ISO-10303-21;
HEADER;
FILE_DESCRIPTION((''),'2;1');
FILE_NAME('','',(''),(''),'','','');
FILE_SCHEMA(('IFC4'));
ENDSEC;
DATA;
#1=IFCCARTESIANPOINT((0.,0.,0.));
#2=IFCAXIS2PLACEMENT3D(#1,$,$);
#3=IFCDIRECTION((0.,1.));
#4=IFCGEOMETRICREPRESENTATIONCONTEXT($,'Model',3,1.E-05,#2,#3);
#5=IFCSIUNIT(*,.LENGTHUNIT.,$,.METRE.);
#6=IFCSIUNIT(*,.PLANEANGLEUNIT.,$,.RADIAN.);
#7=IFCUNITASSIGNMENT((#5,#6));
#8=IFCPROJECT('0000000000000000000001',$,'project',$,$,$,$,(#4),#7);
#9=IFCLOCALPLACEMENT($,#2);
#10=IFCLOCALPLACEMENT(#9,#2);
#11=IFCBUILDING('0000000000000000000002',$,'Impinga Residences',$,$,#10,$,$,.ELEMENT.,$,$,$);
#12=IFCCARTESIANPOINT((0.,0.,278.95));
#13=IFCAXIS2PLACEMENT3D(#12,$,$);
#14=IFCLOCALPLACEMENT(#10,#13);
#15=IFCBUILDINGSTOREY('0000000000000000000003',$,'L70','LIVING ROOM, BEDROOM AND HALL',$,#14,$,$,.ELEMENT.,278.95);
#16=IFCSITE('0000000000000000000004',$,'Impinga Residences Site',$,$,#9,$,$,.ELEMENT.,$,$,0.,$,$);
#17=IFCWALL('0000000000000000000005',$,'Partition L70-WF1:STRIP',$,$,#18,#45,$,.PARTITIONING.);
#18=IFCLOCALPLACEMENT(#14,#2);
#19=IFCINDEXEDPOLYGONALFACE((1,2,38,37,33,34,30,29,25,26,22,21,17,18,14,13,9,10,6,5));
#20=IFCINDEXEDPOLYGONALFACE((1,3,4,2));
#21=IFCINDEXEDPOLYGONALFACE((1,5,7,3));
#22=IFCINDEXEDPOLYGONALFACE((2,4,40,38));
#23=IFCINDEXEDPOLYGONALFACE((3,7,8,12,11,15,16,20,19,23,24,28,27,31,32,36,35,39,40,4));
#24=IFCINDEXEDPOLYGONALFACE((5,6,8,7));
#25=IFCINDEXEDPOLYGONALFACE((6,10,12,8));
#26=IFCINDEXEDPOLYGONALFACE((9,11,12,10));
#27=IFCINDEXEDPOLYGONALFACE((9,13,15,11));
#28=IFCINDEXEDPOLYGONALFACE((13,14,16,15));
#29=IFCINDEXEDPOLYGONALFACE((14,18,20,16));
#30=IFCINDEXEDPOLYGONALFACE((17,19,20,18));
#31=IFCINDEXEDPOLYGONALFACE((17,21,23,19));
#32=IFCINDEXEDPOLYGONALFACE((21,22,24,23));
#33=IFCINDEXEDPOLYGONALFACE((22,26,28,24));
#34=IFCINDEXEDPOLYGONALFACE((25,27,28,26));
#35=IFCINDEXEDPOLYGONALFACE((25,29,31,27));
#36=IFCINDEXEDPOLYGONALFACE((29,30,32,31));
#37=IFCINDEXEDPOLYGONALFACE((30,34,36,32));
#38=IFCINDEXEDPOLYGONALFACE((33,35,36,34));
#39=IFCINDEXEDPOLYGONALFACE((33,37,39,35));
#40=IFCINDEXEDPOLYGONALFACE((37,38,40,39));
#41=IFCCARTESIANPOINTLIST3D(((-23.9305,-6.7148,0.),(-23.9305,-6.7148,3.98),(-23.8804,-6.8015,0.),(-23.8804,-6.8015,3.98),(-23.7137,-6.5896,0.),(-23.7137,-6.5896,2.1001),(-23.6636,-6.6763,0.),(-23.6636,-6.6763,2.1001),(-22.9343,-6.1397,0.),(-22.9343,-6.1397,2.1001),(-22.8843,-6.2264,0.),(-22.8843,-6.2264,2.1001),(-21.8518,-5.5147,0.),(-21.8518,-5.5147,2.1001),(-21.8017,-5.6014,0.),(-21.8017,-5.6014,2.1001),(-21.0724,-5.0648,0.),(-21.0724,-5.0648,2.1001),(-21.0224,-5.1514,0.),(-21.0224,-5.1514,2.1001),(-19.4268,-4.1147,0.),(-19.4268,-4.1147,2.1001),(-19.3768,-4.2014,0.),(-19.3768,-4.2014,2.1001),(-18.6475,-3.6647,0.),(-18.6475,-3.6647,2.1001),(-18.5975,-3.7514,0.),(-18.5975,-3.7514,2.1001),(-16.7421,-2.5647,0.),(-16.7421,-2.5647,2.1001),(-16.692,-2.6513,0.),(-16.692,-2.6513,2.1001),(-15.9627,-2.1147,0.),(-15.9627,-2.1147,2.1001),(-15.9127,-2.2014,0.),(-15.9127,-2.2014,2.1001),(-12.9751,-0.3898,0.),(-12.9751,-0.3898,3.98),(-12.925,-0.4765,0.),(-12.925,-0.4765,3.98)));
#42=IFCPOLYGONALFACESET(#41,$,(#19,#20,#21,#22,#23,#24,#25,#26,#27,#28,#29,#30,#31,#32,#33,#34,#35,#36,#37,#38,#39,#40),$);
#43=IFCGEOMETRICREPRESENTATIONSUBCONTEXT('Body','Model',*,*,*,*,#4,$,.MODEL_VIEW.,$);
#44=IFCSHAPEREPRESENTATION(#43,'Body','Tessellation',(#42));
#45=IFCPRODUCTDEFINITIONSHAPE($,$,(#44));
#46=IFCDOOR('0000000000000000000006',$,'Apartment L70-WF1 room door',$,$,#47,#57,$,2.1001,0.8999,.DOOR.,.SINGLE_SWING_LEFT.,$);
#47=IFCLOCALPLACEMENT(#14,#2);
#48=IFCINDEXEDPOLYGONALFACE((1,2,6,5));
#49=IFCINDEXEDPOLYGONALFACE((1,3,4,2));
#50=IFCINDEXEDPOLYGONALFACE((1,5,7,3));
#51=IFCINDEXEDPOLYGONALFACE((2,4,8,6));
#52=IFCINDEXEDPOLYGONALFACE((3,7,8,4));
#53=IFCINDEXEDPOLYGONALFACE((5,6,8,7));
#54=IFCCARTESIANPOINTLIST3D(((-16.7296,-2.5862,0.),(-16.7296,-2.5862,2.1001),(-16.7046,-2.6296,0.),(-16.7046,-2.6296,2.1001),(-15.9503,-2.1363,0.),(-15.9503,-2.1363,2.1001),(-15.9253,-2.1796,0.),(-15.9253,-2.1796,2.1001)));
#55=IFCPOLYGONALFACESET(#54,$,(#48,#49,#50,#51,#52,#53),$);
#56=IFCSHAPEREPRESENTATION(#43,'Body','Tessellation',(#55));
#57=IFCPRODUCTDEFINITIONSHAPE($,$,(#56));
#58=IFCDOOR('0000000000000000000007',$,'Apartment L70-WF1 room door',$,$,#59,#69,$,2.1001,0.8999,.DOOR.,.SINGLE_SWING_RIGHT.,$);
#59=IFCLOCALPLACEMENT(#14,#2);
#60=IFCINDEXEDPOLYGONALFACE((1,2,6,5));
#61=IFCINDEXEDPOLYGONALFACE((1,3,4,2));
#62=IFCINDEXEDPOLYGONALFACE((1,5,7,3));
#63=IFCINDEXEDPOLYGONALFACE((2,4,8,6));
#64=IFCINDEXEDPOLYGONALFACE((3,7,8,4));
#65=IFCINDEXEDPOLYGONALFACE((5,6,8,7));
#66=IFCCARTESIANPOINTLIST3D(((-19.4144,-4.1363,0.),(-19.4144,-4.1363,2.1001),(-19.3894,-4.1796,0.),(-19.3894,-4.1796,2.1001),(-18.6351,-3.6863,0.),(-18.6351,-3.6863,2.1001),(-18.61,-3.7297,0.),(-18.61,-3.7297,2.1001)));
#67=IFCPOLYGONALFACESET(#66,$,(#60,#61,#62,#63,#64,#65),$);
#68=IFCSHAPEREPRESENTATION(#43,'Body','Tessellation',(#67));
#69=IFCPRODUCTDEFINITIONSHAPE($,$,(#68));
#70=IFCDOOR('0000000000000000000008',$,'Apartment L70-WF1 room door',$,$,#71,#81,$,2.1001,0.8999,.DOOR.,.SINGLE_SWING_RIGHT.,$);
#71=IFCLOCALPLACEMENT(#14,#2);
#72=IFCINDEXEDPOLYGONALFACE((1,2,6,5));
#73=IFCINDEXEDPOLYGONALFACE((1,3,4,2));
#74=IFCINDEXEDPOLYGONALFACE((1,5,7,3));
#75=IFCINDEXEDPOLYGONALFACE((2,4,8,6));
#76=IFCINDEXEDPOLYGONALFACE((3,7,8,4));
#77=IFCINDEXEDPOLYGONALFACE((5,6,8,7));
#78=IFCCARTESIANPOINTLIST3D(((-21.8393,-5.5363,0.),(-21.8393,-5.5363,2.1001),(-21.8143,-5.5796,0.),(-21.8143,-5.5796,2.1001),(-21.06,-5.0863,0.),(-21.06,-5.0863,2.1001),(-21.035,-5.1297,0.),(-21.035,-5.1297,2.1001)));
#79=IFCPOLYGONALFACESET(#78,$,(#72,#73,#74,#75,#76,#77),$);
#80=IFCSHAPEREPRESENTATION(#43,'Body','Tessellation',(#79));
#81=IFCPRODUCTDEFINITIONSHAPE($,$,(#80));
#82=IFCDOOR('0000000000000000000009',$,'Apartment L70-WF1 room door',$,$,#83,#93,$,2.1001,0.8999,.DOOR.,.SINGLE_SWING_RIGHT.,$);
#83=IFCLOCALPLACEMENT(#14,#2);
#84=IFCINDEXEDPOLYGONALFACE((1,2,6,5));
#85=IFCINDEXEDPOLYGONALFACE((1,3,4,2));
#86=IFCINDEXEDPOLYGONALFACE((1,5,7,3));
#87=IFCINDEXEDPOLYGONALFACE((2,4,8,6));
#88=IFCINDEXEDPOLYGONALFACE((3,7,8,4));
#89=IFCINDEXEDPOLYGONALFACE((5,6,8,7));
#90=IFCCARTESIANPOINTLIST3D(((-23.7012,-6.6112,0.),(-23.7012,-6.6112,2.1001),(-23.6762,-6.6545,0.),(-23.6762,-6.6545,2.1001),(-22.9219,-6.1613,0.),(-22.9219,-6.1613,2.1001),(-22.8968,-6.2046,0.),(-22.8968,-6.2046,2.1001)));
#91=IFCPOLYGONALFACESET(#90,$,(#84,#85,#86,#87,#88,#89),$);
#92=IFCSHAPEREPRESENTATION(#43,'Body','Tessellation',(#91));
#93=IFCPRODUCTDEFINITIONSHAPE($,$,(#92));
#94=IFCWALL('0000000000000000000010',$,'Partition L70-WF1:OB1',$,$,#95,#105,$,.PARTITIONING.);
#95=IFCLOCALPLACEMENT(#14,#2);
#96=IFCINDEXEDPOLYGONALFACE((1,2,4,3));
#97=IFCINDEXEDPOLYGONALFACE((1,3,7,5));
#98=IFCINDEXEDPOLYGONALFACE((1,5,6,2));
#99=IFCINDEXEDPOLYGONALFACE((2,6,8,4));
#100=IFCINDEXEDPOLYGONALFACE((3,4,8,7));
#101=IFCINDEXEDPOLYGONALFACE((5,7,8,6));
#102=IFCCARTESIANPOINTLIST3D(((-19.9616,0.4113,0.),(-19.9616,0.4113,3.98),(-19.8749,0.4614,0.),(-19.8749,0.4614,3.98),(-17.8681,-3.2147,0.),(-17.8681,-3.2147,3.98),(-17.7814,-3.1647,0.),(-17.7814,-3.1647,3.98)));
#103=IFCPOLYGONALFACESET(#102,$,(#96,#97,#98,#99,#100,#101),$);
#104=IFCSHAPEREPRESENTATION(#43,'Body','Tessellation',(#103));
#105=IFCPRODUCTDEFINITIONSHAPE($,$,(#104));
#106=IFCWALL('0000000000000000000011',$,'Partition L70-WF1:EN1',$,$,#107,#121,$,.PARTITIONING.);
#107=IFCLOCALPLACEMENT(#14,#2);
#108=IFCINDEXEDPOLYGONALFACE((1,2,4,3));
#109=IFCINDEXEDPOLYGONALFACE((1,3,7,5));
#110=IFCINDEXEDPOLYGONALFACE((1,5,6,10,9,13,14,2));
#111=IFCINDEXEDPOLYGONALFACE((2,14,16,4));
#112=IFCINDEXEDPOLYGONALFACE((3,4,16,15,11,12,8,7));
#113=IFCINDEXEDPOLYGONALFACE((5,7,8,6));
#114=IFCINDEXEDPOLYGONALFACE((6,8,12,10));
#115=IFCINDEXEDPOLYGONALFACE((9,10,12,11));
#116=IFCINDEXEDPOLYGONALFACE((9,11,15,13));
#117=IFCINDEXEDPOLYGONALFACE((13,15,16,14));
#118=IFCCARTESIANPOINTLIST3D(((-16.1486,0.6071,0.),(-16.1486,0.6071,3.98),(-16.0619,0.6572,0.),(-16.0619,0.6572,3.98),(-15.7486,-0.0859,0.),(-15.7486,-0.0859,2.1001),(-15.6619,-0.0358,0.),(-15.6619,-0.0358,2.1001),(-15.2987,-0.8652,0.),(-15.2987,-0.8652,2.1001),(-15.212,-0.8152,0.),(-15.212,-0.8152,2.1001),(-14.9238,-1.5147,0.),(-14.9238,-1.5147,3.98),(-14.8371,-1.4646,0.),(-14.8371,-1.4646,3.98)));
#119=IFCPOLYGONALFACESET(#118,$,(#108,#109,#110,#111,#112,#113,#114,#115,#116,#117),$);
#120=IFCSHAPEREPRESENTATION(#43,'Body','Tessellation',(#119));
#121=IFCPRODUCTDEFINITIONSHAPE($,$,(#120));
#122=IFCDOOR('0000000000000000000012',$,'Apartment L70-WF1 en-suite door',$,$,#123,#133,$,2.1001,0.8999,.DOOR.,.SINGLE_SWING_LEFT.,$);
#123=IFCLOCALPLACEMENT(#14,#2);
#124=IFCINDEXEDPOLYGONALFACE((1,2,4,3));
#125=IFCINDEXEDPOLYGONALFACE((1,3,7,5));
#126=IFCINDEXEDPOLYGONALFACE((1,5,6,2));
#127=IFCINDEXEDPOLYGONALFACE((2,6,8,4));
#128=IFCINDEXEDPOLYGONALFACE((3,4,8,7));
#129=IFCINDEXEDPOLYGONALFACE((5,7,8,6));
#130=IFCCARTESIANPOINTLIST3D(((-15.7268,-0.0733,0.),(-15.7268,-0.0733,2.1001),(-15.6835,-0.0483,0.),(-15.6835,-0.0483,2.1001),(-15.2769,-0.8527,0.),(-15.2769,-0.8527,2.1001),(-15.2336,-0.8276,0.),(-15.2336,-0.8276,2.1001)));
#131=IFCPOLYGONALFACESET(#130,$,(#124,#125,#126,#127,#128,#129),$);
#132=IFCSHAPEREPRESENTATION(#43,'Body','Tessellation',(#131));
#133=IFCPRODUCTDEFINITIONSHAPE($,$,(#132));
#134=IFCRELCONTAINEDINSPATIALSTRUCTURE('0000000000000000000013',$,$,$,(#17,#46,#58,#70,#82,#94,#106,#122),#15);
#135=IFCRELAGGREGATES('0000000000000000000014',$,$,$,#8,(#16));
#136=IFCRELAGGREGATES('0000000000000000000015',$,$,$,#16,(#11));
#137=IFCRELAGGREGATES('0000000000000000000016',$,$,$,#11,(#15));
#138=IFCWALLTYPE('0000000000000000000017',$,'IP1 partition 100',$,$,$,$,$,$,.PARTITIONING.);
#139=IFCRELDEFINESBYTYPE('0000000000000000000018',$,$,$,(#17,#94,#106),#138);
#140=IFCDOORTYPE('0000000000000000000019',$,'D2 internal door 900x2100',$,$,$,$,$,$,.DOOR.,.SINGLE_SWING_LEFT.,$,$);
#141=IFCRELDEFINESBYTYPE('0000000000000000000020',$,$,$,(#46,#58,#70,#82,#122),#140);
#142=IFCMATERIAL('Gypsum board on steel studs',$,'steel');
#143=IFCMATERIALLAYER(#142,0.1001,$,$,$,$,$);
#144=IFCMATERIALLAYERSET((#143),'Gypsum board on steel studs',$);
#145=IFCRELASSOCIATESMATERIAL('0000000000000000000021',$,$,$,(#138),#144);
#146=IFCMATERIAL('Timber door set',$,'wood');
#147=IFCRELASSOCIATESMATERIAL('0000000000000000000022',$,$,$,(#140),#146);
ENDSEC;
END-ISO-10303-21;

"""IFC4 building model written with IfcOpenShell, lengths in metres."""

from ifc_helpers import new_model, si_unit, direction, frame, frame_2d, origin, place, context, subcontext, project, spatial, rectangle, extrude, material, layer, layer_set, type_object, element, fill, save


model = new_model("IFC4")

# Units and contexts
model_context = context("Model", 3, precision=1e-05, world=origin(), true_north=direction((0.0, 1.0)))
body_context = subcontext(model_context, "Body", "Model", "MODEL_VIEW")
ifc_project = project(units=[si_unit("LENGTHUNIT", "METRE"), si_unit("PLANEANGLEUNIT", "RADIAN")], contexts=[model_context])

# Site, building, storey
site_placement = place(None, origin())
site = spatial("IfcSite", under=ifc_project, at=site_placement, Name="Impinga Residences Site", CompositionType="ELEMENT", RefElevation=0.0)
building_placement = place(site_placement, origin())
building = spatial("IfcBuilding", under=site, at=building_placement, Name="Impinga Residences", CompositionType="ELEMENT")
storey_placement = place(building_placement, frame((0.0, 0.0, 278.95)))
storey = spatial("IfcBuildingStorey", under=building, at=storey_placement, Name="L70", Description="LIVING ROOM, BEDROOM AND HALL", CompositionType="ELEMENT", Elevation=278.95)

# Shared definitions
ifc_material_1 = material(Name="Gypsum board on steel studs", Category="steel")
ifc_layer_1 = layer(ifc_material_1, 0.1001)
ifc_layer_set_1 = layer_set([ifc_layer_1], Name="Gypsum board on steel studs")
wall_type_1 = type_object("IfcWallType", Name="IP1 partition 100", PredefinedType="PARTITIONING", material=ifc_layer_set_1)

# Wall, openings, doors
wall_1_placement = place(storey_placement, frame((-12.95, -0.4331, 0.0), z_axis=(0.0, 0.0, 1.0), x_axis=(-0.866029, -0.499994, 0.0)))
wall_1 = element("IfcWall", 1, at=wall_1_placement, inside=storey, type_object=wall_type_1, Name="Partition L70-WF1:STRIP", PredefinedType="PARTITIONING", context=body_context, shape_type="SweptSolid", body=[
    extrude(rectangle(XDim=12.6501, YDim=0.1001, at=frame_2d((6.3252, 0.0))), origin(), (0.0, 0.0, 1.0), 3.98),
])
opening_1_placement = place(wall_1_placement, frame((3.45, 0.0, 0.0)))
opening_1 = element("IfcOpeningElement", 2, at=opening_1_placement, cuts=wall_1, PredefinedType="OPENING", context=body_context, shape_type="SweptSolid", body=[
    extrude(rectangle(XDim=0.8999, YDim=2.1001, at=frame_2d((0.45, 1.05))), frame((0.0, 0.0601, 0.0), z_axis=(0.0, -1.0, 0.0), x_axis=(1.0, 0.0, 0.0)), (0.0, 0.0, 1.0), 0.1201),
])
opening_2_placement = place(wall_1_placement, frame((6.55, 0.0, 0.0)))
opening_2 = element("IfcOpeningElement", 3, at=opening_2_placement, cuts=wall_1, PredefinedType="OPENING", context=body_context, shape_type="SweptSolid", body=[
    extrude(rectangle(XDim=0.8999, YDim=2.1001, at=frame_2d((0.45, 1.05))), frame((0.0, 0.0601, 0.0), z_axis=(0.0, -1.0, 0.0), x_axis=(1.0, 0.0, 0.0)), (0.0, 0.0, 1.0), 0.1201),
])
opening_3_placement = place(wall_1_placement, frame((9.3501, 0.0, 0.0)))
opening_3 = element("IfcOpeningElement", 4, at=opening_3_placement, cuts=wall_1, PredefinedType="OPENING", context=body_context, shape_type="SweptSolid", body=[
    extrude(rectangle(XDim=0.8999, YDim=2.1001, at=frame_2d((0.45, 1.05))), frame((0.0, 0.0601, 0.0), z_axis=(0.0, -1.0, 0.0), x_axis=(1.0, 0.0, 0.0)), (0.0, 0.0, 1.0), 0.1201),
])
opening_4_placement = place(wall_1_placement, frame((11.5, 0.0, 0.0)))
opening_4 = element("IfcOpeningElement", 5, at=opening_4_placement, cuts=wall_1, PredefinedType="OPENING", context=body_context, shape_type="SweptSolid", body=[
    extrude(rectangle(XDim=0.8999, YDim=2.1001, at=frame_2d((0.45, 1.05))), frame((0.0, 0.0601, 0.0), z_axis=(0.0, -1.0, 0.0), x_axis=(1.0, 0.0, 0.0)), (0.0, 0.0, 1.0), 0.1201),
])
ifc_material_2 = material(Name="Timber door set", Category="wood")
door_type_1 = type_object("IfcDoorType", Name="D2 internal door 900x2100", OperationType="SINGLE_SWING_LEFT", PredefinedType="DOOR", material=ifc_material_2)
door_1_placement = place(opening_1_placement, origin())
door_1 = element("IfcDoor", 6, at=door_1_placement, inside=storey, type_object=door_type_1, Name="Apartment L70-WF1 room door", OperationType="SINGLE_SWING_LEFT", OverallHeight=2.1001, OverallWidth=0.8999, PredefinedType="DOOR", context=body_context, shape_type="SweptSolid", body=[
    extrude(rectangle(XDim=0.8999, YDim=2.1001, at=frame_2d((0.45, 1.05))), frame((0.0, 0.0249, 0.0), z_axis=(0.0, -1.0, 0.0), x_axis=(1.0, 0.0, 0.0)), (0.0, 0.0, 1.0), 0.05),
])
fill(opening_1, door_1)
door_2_placement = place(opening_2_placement, origin())
door_2 = element("IfcDoor", 7, at=door_2_placement, inside=storey, type_object=door_type_1, Name="Apartment L70-WF1 room door", OperationType="SINGLE_SWING_RIGHT", OverallHeight=2.1001, OverallWidth=0.8999, PredefinedType="DOOR", context=body_context, shape_type="SweptSolid", body=[
    extrude(rectangle(XDim=0.8999, YDim=2.1001, at=frame_2d((0.45, 1.05))), frame((0.0, 0.0249, 0.0), z_axis=(0.0, -1.0, 0.0), x_axis=(1.0, 0.0, 0.0)), (0.0, 0.0, 1.0), 0.05),
])
fill(opening_2, door_2)
door_3_placement = place(opening_3_placement, origin())
door_3 = element("IfcDoor", 8, at=door_3_placement, inside=storey, type_object=door_type_1, Name="Apartment L70-WF1 room door", OperationType="SINGLE_SWING_RIGHT", OverallHeight=2.1001, OverallWidth=0.8999, PredefinedType="DOOR", context=body_context, shape_type="SweptSolid", body=[
    extrude(rectangle(XDim=0.8999, YDim=2.1001, at=frame_2d((0.45, 1.05))), frame((0.0, 0.0249, 0.0), z_axis=(0.0, -1.0, 0.0), x_axis=(1.0, 0.0, 0.0)), (0.0, 0.0, 1.0), 0.05),
])
fill(opening_3, door_3)
door_4_placement = place(opening_4_placement, origin())
door_4 = element("IfcDoor", 9, at=door_4_placement, inside=storey, type_object=door_type_1, Name="Apartment L70-WF1 room door", OperationType="SINGLE_SWING_RIGHT", OverallHeight=2.1001, OverallWidth=0.8999, PredefinedType="DOOR", context=body_context, shape_type="SweptSolid", body=[
    extrude(rectangle(XDim=0.8999, YDim=2.1001, at=frame_2d((0.45, 1.05))), frame((0.0, 0.0249, 0.0), z_axis=(0.0, -1.0, 0.0), x_axis=(1.0, 0.0, 0.0)), (0.0, 0.0, 1.0), 0.05),
])
fill(opening_4, door_4)

# Wall
wall_2_placement = place(storey_placement, frame((-17.8247, -3.1897, 0.0), z_axis=(0.0, 0.0, 1.0), x_axis=(-0.500008, 0.866021, 0.0)))
element("IfcWall", 10, at=wall_2_placement, inside=storey, type_object=wall_type_1, Name="Partition L70-WF1:OB1", PredefinedType="PARTITIONING", context=body_context, shape_type="SweptSolid", body=[
    extrude(rectangle(XDim=4.187, YDim=0.1001, at=frame_2d((2.0935, 0.0))), origin(), (0.0, 0.0, 1.0), 3.98),
])

# Wall, opening, door
wall_3_placement = place(storey_placement, frame((-14.8804, -1.4897, 0.0), z_axis=(0.0, 0.0, 1.0), x_axis=(-0.499944, 0.866058, 0.0)))
wall_3 = element("IfcWall", 11, at=wall_3_placement, inside=storey, type_object=wall_type_1, Name="Partition L70-WF1:EN1", PredefinedType="PARTITIONING", context=body_context, shape_type="SweptSolid", body=[
    extrude(rectangle(XDim=2.45, YDim=0.1001, at=frame_2d((1.2251, 0.0))), origin(), (0.0, 0.0, 1.0), 3.98),
])
opening_5_placement = place(wall_3_placement, frame((0.75, 0.0, 0.0)))
opening_5 = element("IfcOpeningElement", 12, at=opening_5_placement, cuts=wall_3, PredefinedType="OPENING", context=body_context, shape_type="SweptSolid", body=[
    extrude(rectangle(XDim=0.8999, YDim=2.1001, at=frame_2d((0.45, 1.05))), frame((0.0, 0.0601, 0.0), z_axis=(0.0, -1.0, 0.0), x_axis=(1.0, 0.0, 0.0)), (0.0, 0.0, 1.0), 0.1201),
])
door_5_placement = place(opening_5_placement, origin())
door_5 = element("IfcDoor", 13, at=door_5_placement, inside=storey, type_object=door_type_1, Name="Apartment L70-WF1 en-suite door", OperationType="SINGLE_SWING_LEFT", OverallHeight=2.1001, OverallWidth=0.8999, PredefinedType="DOOR", context=body_context, shape_type="SweptSolid", body=[
    extrude(rectangle(XDim=0.8999, YDim=2.1001, at=frame_2d((0.45, 1.05))), frame((0.0, 0.0249, 0.0), z_axis=(0.0, -1.0, 0.0), x_axis=(1.0, 0.0, 0.0)), (0.0, 0.0, 1.0), 0.05),
])
fill(opening_5, door_5)

save(model, "model.ifc")
